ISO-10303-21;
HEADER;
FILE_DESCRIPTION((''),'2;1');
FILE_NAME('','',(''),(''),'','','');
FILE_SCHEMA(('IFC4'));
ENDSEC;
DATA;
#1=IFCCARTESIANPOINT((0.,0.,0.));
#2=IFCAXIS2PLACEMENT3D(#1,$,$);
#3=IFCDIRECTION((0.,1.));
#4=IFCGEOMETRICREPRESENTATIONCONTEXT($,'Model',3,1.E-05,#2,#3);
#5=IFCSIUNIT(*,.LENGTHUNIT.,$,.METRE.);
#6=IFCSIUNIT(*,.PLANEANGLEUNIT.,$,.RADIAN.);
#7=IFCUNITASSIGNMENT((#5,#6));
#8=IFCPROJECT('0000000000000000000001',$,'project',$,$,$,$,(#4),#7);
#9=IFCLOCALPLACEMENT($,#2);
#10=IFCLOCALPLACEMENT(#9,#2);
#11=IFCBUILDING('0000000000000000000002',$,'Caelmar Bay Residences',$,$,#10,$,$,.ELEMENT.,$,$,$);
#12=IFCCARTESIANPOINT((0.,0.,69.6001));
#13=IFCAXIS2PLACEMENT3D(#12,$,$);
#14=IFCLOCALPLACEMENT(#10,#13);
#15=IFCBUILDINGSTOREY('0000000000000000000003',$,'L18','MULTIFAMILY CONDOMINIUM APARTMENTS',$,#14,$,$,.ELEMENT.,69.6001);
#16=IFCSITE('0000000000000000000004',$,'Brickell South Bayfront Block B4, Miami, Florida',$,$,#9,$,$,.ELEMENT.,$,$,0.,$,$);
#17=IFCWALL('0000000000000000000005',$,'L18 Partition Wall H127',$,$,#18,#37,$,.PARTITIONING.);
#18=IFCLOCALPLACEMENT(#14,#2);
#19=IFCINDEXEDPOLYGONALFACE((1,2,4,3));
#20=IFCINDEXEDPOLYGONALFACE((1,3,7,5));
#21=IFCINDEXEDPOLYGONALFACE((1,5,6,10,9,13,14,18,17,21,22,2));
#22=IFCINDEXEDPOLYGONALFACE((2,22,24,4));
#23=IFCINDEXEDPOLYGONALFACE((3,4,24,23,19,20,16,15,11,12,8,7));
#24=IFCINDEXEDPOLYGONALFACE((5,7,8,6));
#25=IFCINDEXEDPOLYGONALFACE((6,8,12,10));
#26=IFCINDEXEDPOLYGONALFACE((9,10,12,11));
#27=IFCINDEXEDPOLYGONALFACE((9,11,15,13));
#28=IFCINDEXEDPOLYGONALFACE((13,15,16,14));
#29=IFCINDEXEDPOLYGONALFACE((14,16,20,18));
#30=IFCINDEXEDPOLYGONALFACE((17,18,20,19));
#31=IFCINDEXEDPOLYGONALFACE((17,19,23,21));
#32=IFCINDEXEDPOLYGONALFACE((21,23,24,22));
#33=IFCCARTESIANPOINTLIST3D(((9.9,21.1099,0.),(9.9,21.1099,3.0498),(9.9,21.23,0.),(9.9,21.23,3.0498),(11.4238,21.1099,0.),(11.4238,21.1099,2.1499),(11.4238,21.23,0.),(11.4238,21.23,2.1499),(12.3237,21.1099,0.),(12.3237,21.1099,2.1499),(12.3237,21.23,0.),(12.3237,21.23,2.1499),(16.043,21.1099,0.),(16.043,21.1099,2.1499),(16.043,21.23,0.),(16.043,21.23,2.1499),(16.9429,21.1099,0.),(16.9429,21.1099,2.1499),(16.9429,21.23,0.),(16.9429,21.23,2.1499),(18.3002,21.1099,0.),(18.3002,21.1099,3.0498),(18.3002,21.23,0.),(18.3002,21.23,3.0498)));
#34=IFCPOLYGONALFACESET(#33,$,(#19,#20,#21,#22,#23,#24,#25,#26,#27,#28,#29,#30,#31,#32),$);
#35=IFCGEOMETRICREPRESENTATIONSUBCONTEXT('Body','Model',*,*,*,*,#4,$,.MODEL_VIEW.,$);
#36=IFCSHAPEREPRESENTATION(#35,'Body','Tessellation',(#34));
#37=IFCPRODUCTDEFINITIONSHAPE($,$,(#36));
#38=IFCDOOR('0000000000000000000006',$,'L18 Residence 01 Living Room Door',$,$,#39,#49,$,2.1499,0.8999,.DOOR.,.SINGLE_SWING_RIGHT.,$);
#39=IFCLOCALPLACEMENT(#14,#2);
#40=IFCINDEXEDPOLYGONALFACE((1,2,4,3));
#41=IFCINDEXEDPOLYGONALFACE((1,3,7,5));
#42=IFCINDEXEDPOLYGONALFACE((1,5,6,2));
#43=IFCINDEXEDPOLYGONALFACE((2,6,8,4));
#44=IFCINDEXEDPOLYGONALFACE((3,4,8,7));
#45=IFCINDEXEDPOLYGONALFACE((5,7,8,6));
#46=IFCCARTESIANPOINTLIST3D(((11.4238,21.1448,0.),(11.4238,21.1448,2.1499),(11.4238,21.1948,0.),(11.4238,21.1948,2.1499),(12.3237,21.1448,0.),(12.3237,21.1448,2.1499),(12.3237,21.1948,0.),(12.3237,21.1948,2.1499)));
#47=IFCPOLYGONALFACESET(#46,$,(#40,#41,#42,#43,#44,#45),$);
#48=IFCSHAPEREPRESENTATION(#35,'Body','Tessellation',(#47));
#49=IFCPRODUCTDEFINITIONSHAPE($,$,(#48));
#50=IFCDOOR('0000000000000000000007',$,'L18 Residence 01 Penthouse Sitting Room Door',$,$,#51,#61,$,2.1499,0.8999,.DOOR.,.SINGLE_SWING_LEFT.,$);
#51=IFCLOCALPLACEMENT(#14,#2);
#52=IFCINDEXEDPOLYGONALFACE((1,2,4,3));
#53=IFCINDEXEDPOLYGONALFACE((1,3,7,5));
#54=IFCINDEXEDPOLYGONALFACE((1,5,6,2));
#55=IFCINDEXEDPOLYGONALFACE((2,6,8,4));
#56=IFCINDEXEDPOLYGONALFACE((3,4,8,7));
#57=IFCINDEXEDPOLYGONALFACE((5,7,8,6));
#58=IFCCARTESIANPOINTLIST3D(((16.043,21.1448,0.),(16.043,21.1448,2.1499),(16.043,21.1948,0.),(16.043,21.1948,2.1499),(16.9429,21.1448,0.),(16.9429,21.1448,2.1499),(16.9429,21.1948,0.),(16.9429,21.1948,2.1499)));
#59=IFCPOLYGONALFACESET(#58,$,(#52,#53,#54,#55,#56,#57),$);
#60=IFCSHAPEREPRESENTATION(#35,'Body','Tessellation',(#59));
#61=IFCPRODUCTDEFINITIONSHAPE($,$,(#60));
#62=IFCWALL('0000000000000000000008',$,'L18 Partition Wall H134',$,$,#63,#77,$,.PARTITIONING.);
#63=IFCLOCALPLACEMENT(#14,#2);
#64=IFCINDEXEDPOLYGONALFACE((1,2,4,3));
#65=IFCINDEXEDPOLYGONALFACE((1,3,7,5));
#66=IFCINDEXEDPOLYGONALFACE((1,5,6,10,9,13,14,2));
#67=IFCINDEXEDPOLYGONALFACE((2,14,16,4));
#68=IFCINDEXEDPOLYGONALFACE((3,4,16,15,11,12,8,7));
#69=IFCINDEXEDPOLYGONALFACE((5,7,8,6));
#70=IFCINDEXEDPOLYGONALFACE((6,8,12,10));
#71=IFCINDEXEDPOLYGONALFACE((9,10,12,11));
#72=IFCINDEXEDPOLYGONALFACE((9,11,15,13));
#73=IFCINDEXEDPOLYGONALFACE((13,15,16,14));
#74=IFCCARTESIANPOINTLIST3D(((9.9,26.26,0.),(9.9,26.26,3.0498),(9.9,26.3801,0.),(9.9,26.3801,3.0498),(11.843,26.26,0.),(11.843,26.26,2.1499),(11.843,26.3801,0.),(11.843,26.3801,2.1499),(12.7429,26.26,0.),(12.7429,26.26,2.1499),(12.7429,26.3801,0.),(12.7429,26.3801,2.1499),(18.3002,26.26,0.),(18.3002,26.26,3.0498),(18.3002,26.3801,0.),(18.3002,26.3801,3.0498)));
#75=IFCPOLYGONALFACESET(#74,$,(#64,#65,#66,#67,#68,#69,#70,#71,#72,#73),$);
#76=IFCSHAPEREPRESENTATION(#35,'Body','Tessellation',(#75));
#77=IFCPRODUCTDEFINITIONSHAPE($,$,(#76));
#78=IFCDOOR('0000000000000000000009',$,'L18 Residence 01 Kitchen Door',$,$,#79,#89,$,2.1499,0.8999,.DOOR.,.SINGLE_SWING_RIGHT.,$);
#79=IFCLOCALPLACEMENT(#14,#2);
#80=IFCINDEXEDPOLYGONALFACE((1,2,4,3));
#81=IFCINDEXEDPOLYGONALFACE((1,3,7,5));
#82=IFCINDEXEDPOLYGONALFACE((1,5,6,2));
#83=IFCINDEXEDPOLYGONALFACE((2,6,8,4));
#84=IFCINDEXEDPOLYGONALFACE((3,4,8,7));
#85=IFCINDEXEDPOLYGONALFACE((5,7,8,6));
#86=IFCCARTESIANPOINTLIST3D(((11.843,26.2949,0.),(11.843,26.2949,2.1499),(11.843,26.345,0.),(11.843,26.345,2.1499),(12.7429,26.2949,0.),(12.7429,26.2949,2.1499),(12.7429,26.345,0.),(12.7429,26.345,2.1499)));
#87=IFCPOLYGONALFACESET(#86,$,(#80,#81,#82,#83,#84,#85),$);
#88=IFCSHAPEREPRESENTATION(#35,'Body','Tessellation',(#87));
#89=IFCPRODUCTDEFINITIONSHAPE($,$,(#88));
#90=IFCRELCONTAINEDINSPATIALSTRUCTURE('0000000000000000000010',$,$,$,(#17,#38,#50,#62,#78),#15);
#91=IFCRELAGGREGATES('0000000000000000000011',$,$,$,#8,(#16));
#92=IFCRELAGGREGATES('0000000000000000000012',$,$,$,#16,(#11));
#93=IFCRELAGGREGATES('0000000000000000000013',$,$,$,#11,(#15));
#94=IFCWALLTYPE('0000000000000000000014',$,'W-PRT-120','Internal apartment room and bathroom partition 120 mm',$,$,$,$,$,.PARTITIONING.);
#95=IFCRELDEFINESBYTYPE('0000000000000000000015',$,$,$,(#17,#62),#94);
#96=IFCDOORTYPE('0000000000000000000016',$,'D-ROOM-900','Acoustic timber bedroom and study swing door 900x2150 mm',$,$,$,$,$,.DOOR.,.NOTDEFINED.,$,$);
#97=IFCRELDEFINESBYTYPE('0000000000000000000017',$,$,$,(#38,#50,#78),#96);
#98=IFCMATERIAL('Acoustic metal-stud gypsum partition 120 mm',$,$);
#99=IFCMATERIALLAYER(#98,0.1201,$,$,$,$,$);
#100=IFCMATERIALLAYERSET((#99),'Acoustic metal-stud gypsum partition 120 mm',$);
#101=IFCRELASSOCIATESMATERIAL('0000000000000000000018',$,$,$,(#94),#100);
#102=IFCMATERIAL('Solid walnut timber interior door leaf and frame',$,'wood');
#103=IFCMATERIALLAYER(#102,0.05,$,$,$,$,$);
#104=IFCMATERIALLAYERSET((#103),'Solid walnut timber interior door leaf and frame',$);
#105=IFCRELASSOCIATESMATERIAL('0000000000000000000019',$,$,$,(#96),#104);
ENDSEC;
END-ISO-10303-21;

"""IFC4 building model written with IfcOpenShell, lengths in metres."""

from ifc_helpers import new_model, si_unit, direction, frame, frame_2d, origin, place, context, subcontext, project, spatial, rectangle, extrude, material, layer, layer_set, type_object, element, fill, save


model = new_model("IFC4")

# Units and contexts
model_context = context("Model", 3, precision=1e-05, world=origin(), true_north=direction((0.0, 1.0)))
body_context = subcontext(model_context, "Body", "Model", "MODEL_VIEW")
ifc_project = project(units=[si_unit("LENGTHUNIT", "METRE"), si_unit("PLANEANGLEUNIT", "RADIAN")], contexts=[model_context])

# Site, building, storey
site_placement = place(None, origin())
site = spatial("IfcSite", under=ifc_project, at=site_placement, Name="Brickell South Bayfront Block B4, Miami, Florida", CompositionType="ELEMENT", RefElevation=0.0)
building_placement = place(site_placement, origin())
building = spatial("IfcBuilding", under=site, at=building_placement, Name="Caelmar Bay Residences", CompositionType="ELEMENT")
storey_placement = place(building_placement, frame((0.0, 0.0, 69.6001)))
storey = spatial("IfcBuildingStorey", under=building, at=storey_placement, Name="L18", Description="MULTIFAMILY CONDOMINIUM APARTMENTS", CompositionType="ELEMENT", Elevation=69.6001)

# Shared definitions
ifc_material_1 = material(Name="Acoustic metal-stud gypsum partition 120 mm")
ifc_layer_1 = layer(ifc_material_1, 0.1201)
ifc_layer_set_1 = layer_set([ifc_layer_1], Name="Acoustic metal-stud gypsum partition 120 mm")
wall_type = type_object("IfcWallType", Name="W-PRT-120", Description="Internal apartment room and bathroom partition 120 mm", PredefinedType="PARTITIONING", material=ifc_layer_set_1)

# Shared definitions
ifc_material_2 = material(Name="Solid walnut timber interior door leaf and frame", Category="wood")
ifc_layer_2 = layer(ifc_material_2, 0.05)
ifc_layer_set_2 = layer_set([ifc_layer_2], Name="Solid walnut timber interior door leaf and frame")
door_type_1 = type_object("IfcDoorType", Name="D-ROOM-900", Description="Acoustic timber bedroom and study swing door 900x2150 mm", OperationType="NOTDEFINED", PredefinedType="DOOR", material=ifc_layer_set_2)

# Wall, openings, doors
wall_1_placement = place(storey_placement, frame((9.8999, 21.1699, 0.0), z_axis=(0.0, 0.0, 1.0), x_axis=(1.0, 0.0, 0.0)))
wall_1 = element("IfcWall", 1, at=wall_1_placement, inside=storey, type_object=wall_type, Name="L18 Partition Wall H127", PredefinedType="PARTITIONING", context=body_context, shape_type="SweptSolid", body=[
    extrude(rectangle(XDim=8.4001, YDim=0.1201, at=frame_2d((4.2002, 0.0))), origin(), (0.0, 0.0, 1.0), 3.0498),
])
opening_1_placement = place(wall_1_placement, frame((1.5239, 0.0, 0.0)))
opening_1 = element("IfcOpeningElement", 2, at=opening_1_placement, cuts=wall_1, PredefinedType="OPENING", context=body_context, shape_type="SweptSolid", body=[
    extrude(rectangle(XDim=0.8999, YDim=2.1499, at=frame_2d((0.45, 1.075))), frame((0.0, 0.0701, 0.0), z_axis=(0.0, -1.0, 0.0), x_axis=(1.0, 0.0, 0.0)), (0.0, 0.0, 1.0), 0.1401),
])
opening_2_placement = place(wall_1_placement, frame((6.1431, 0.0, 0.0)))
opening_2 = element("IfcOpeningElement", 3, at=opening_2_placement, cuts=wall_1, PredefinedType="OPENING", context=body_context, shape_type="SweptSolid", body=[
    extrude(rectangle(XDim=0.8999, YDim=2.1499, at=frame_2d((0.45, 1.075))), frame((0.0, 0.0701, 0.0), z_axis=(0.0, -1.0, 0.0), x_axis=(1.0, 0.0, 0.0)), (0.0, 0.0, 1.0), 0.1401),
])
door_1_placement = place(opening_1_placement, origin())
door_1 = element("IfcDoor", 4, at=door_1_placement, inside=storey, type_object=door_type_1, Name="L18 Residence 01 Living Room Door", OperationType="SINGLE_SWING_RIGHT", OverallHeight=2.1499, OverallWidth=0.8999, PredefinedType="DOOR", context=body_context, shape_type="SweptSolid", body=[
    extrude(rectangle(XDim=0.8999, YDim=2.1499, at=frame_2d((0.45, 1.075))), frame((0.0, 0.0249, 0.0), z_axis=(0.0, -1.0, 0.0), x_axis=(1.0, 0.0, 0.0)), (0.0, 0.0, 1.0), 0.05),
])
fill(opening_1, door_1)
door_2_placement = place(opening_2_placement, origin())
door_2 = element("IfcDoor", 5, at=door_2_placement, inside=storey, type_object=door_type_1, Name="L18 Residence 01 Penthouse Sitting Room Door", OperationType="SINGLE_SWING_LEFT", OverallHeight=2.1499, OverallWidth=0.8999, PredefinedType="DOOR", context=body_context, shape_type="SweptSolid", body=[
    extrude(rectangle(XDim=0.8999, YDim=2.1499, at=frame_2d((0.45, 1.075))), frame((0.0, 0.0249, 0.0), z_axis=(0.0, -1.0, 0.0), x_axis=(1.0, 0.0, 0.0)), (0.0, 0.0, 1.0), 0.05),
])
fill(opening_2, door_2)

# Wall, opening, door
wall_2_placement = place(storey_placement, frame((9.8999, 26.3201, 0.0), z_axis=(0.0, 0.0, 1.0), x_axis=(1.0, 0.0, 0.0)))
wall_2 = element("IfcWall", 6, at=wall_2_placement, inside=storey, type_object=wall_type, Name="L18 Partition Wall H134", PredefinedType="PARTITIONING", context=body_context, shape_type="SweptSolid", body=[
    extrude(rectangle(XDim=8.4001, YDim=0.1201, at=frame_2d((4.2002, 0.0))), origin(), (0.0, 0.0, 1.0), 3.0498),
])
opening_3_placement = place(wall_2_placement, frame((1.9431, 0.0, 0.0)))
opening_3 = element("IfcOpeningElement", 7, at=opening_3_placement, cuts=wall_2, PredefinedType="OPENING", context=body_context, shape_type="SweptSolid", body=[
    extrude(rectangle(XDim=0.8999, YDim=2.1499, at=frame_2d((0.45, 1.075))), frame((0.0, 0.0701, 0.0), z_axis=(0.0, -1.0, 0.0), x_axis=(1.0, 0.0, 0.0)), (0.0, 0.0, 1.0), 0.1401),
])
door_3_placement = place(opening_3_placement, origin())
door_3 = element("IfcDoor", 8, at=door_3_placement, inside=storey, type_object=door_type_1, Name="L18 Residence 01 Kitchen Door", OperationType="SINGLE_SWING_RIGHT", OverallHeight=2.1499, OverallWidth=0.8999, PredefinedType="DOOR", context=body_context, shape_type="SweptSolid", body=[
    extrude(rectangle(XDim=0.8999, YDim=2.1499, at=frame_2d((0.45, 1.075))), frame((0.0, 0.0249, 0.0), z_axis=(0.0, -1.0, 0.0), x_axis=(1.0, 0.0, 0.0)), (0.0, 0.0, 1.0), 0.05),
])
fill(opening_3, door_3)

save(model, "model.ifc")
